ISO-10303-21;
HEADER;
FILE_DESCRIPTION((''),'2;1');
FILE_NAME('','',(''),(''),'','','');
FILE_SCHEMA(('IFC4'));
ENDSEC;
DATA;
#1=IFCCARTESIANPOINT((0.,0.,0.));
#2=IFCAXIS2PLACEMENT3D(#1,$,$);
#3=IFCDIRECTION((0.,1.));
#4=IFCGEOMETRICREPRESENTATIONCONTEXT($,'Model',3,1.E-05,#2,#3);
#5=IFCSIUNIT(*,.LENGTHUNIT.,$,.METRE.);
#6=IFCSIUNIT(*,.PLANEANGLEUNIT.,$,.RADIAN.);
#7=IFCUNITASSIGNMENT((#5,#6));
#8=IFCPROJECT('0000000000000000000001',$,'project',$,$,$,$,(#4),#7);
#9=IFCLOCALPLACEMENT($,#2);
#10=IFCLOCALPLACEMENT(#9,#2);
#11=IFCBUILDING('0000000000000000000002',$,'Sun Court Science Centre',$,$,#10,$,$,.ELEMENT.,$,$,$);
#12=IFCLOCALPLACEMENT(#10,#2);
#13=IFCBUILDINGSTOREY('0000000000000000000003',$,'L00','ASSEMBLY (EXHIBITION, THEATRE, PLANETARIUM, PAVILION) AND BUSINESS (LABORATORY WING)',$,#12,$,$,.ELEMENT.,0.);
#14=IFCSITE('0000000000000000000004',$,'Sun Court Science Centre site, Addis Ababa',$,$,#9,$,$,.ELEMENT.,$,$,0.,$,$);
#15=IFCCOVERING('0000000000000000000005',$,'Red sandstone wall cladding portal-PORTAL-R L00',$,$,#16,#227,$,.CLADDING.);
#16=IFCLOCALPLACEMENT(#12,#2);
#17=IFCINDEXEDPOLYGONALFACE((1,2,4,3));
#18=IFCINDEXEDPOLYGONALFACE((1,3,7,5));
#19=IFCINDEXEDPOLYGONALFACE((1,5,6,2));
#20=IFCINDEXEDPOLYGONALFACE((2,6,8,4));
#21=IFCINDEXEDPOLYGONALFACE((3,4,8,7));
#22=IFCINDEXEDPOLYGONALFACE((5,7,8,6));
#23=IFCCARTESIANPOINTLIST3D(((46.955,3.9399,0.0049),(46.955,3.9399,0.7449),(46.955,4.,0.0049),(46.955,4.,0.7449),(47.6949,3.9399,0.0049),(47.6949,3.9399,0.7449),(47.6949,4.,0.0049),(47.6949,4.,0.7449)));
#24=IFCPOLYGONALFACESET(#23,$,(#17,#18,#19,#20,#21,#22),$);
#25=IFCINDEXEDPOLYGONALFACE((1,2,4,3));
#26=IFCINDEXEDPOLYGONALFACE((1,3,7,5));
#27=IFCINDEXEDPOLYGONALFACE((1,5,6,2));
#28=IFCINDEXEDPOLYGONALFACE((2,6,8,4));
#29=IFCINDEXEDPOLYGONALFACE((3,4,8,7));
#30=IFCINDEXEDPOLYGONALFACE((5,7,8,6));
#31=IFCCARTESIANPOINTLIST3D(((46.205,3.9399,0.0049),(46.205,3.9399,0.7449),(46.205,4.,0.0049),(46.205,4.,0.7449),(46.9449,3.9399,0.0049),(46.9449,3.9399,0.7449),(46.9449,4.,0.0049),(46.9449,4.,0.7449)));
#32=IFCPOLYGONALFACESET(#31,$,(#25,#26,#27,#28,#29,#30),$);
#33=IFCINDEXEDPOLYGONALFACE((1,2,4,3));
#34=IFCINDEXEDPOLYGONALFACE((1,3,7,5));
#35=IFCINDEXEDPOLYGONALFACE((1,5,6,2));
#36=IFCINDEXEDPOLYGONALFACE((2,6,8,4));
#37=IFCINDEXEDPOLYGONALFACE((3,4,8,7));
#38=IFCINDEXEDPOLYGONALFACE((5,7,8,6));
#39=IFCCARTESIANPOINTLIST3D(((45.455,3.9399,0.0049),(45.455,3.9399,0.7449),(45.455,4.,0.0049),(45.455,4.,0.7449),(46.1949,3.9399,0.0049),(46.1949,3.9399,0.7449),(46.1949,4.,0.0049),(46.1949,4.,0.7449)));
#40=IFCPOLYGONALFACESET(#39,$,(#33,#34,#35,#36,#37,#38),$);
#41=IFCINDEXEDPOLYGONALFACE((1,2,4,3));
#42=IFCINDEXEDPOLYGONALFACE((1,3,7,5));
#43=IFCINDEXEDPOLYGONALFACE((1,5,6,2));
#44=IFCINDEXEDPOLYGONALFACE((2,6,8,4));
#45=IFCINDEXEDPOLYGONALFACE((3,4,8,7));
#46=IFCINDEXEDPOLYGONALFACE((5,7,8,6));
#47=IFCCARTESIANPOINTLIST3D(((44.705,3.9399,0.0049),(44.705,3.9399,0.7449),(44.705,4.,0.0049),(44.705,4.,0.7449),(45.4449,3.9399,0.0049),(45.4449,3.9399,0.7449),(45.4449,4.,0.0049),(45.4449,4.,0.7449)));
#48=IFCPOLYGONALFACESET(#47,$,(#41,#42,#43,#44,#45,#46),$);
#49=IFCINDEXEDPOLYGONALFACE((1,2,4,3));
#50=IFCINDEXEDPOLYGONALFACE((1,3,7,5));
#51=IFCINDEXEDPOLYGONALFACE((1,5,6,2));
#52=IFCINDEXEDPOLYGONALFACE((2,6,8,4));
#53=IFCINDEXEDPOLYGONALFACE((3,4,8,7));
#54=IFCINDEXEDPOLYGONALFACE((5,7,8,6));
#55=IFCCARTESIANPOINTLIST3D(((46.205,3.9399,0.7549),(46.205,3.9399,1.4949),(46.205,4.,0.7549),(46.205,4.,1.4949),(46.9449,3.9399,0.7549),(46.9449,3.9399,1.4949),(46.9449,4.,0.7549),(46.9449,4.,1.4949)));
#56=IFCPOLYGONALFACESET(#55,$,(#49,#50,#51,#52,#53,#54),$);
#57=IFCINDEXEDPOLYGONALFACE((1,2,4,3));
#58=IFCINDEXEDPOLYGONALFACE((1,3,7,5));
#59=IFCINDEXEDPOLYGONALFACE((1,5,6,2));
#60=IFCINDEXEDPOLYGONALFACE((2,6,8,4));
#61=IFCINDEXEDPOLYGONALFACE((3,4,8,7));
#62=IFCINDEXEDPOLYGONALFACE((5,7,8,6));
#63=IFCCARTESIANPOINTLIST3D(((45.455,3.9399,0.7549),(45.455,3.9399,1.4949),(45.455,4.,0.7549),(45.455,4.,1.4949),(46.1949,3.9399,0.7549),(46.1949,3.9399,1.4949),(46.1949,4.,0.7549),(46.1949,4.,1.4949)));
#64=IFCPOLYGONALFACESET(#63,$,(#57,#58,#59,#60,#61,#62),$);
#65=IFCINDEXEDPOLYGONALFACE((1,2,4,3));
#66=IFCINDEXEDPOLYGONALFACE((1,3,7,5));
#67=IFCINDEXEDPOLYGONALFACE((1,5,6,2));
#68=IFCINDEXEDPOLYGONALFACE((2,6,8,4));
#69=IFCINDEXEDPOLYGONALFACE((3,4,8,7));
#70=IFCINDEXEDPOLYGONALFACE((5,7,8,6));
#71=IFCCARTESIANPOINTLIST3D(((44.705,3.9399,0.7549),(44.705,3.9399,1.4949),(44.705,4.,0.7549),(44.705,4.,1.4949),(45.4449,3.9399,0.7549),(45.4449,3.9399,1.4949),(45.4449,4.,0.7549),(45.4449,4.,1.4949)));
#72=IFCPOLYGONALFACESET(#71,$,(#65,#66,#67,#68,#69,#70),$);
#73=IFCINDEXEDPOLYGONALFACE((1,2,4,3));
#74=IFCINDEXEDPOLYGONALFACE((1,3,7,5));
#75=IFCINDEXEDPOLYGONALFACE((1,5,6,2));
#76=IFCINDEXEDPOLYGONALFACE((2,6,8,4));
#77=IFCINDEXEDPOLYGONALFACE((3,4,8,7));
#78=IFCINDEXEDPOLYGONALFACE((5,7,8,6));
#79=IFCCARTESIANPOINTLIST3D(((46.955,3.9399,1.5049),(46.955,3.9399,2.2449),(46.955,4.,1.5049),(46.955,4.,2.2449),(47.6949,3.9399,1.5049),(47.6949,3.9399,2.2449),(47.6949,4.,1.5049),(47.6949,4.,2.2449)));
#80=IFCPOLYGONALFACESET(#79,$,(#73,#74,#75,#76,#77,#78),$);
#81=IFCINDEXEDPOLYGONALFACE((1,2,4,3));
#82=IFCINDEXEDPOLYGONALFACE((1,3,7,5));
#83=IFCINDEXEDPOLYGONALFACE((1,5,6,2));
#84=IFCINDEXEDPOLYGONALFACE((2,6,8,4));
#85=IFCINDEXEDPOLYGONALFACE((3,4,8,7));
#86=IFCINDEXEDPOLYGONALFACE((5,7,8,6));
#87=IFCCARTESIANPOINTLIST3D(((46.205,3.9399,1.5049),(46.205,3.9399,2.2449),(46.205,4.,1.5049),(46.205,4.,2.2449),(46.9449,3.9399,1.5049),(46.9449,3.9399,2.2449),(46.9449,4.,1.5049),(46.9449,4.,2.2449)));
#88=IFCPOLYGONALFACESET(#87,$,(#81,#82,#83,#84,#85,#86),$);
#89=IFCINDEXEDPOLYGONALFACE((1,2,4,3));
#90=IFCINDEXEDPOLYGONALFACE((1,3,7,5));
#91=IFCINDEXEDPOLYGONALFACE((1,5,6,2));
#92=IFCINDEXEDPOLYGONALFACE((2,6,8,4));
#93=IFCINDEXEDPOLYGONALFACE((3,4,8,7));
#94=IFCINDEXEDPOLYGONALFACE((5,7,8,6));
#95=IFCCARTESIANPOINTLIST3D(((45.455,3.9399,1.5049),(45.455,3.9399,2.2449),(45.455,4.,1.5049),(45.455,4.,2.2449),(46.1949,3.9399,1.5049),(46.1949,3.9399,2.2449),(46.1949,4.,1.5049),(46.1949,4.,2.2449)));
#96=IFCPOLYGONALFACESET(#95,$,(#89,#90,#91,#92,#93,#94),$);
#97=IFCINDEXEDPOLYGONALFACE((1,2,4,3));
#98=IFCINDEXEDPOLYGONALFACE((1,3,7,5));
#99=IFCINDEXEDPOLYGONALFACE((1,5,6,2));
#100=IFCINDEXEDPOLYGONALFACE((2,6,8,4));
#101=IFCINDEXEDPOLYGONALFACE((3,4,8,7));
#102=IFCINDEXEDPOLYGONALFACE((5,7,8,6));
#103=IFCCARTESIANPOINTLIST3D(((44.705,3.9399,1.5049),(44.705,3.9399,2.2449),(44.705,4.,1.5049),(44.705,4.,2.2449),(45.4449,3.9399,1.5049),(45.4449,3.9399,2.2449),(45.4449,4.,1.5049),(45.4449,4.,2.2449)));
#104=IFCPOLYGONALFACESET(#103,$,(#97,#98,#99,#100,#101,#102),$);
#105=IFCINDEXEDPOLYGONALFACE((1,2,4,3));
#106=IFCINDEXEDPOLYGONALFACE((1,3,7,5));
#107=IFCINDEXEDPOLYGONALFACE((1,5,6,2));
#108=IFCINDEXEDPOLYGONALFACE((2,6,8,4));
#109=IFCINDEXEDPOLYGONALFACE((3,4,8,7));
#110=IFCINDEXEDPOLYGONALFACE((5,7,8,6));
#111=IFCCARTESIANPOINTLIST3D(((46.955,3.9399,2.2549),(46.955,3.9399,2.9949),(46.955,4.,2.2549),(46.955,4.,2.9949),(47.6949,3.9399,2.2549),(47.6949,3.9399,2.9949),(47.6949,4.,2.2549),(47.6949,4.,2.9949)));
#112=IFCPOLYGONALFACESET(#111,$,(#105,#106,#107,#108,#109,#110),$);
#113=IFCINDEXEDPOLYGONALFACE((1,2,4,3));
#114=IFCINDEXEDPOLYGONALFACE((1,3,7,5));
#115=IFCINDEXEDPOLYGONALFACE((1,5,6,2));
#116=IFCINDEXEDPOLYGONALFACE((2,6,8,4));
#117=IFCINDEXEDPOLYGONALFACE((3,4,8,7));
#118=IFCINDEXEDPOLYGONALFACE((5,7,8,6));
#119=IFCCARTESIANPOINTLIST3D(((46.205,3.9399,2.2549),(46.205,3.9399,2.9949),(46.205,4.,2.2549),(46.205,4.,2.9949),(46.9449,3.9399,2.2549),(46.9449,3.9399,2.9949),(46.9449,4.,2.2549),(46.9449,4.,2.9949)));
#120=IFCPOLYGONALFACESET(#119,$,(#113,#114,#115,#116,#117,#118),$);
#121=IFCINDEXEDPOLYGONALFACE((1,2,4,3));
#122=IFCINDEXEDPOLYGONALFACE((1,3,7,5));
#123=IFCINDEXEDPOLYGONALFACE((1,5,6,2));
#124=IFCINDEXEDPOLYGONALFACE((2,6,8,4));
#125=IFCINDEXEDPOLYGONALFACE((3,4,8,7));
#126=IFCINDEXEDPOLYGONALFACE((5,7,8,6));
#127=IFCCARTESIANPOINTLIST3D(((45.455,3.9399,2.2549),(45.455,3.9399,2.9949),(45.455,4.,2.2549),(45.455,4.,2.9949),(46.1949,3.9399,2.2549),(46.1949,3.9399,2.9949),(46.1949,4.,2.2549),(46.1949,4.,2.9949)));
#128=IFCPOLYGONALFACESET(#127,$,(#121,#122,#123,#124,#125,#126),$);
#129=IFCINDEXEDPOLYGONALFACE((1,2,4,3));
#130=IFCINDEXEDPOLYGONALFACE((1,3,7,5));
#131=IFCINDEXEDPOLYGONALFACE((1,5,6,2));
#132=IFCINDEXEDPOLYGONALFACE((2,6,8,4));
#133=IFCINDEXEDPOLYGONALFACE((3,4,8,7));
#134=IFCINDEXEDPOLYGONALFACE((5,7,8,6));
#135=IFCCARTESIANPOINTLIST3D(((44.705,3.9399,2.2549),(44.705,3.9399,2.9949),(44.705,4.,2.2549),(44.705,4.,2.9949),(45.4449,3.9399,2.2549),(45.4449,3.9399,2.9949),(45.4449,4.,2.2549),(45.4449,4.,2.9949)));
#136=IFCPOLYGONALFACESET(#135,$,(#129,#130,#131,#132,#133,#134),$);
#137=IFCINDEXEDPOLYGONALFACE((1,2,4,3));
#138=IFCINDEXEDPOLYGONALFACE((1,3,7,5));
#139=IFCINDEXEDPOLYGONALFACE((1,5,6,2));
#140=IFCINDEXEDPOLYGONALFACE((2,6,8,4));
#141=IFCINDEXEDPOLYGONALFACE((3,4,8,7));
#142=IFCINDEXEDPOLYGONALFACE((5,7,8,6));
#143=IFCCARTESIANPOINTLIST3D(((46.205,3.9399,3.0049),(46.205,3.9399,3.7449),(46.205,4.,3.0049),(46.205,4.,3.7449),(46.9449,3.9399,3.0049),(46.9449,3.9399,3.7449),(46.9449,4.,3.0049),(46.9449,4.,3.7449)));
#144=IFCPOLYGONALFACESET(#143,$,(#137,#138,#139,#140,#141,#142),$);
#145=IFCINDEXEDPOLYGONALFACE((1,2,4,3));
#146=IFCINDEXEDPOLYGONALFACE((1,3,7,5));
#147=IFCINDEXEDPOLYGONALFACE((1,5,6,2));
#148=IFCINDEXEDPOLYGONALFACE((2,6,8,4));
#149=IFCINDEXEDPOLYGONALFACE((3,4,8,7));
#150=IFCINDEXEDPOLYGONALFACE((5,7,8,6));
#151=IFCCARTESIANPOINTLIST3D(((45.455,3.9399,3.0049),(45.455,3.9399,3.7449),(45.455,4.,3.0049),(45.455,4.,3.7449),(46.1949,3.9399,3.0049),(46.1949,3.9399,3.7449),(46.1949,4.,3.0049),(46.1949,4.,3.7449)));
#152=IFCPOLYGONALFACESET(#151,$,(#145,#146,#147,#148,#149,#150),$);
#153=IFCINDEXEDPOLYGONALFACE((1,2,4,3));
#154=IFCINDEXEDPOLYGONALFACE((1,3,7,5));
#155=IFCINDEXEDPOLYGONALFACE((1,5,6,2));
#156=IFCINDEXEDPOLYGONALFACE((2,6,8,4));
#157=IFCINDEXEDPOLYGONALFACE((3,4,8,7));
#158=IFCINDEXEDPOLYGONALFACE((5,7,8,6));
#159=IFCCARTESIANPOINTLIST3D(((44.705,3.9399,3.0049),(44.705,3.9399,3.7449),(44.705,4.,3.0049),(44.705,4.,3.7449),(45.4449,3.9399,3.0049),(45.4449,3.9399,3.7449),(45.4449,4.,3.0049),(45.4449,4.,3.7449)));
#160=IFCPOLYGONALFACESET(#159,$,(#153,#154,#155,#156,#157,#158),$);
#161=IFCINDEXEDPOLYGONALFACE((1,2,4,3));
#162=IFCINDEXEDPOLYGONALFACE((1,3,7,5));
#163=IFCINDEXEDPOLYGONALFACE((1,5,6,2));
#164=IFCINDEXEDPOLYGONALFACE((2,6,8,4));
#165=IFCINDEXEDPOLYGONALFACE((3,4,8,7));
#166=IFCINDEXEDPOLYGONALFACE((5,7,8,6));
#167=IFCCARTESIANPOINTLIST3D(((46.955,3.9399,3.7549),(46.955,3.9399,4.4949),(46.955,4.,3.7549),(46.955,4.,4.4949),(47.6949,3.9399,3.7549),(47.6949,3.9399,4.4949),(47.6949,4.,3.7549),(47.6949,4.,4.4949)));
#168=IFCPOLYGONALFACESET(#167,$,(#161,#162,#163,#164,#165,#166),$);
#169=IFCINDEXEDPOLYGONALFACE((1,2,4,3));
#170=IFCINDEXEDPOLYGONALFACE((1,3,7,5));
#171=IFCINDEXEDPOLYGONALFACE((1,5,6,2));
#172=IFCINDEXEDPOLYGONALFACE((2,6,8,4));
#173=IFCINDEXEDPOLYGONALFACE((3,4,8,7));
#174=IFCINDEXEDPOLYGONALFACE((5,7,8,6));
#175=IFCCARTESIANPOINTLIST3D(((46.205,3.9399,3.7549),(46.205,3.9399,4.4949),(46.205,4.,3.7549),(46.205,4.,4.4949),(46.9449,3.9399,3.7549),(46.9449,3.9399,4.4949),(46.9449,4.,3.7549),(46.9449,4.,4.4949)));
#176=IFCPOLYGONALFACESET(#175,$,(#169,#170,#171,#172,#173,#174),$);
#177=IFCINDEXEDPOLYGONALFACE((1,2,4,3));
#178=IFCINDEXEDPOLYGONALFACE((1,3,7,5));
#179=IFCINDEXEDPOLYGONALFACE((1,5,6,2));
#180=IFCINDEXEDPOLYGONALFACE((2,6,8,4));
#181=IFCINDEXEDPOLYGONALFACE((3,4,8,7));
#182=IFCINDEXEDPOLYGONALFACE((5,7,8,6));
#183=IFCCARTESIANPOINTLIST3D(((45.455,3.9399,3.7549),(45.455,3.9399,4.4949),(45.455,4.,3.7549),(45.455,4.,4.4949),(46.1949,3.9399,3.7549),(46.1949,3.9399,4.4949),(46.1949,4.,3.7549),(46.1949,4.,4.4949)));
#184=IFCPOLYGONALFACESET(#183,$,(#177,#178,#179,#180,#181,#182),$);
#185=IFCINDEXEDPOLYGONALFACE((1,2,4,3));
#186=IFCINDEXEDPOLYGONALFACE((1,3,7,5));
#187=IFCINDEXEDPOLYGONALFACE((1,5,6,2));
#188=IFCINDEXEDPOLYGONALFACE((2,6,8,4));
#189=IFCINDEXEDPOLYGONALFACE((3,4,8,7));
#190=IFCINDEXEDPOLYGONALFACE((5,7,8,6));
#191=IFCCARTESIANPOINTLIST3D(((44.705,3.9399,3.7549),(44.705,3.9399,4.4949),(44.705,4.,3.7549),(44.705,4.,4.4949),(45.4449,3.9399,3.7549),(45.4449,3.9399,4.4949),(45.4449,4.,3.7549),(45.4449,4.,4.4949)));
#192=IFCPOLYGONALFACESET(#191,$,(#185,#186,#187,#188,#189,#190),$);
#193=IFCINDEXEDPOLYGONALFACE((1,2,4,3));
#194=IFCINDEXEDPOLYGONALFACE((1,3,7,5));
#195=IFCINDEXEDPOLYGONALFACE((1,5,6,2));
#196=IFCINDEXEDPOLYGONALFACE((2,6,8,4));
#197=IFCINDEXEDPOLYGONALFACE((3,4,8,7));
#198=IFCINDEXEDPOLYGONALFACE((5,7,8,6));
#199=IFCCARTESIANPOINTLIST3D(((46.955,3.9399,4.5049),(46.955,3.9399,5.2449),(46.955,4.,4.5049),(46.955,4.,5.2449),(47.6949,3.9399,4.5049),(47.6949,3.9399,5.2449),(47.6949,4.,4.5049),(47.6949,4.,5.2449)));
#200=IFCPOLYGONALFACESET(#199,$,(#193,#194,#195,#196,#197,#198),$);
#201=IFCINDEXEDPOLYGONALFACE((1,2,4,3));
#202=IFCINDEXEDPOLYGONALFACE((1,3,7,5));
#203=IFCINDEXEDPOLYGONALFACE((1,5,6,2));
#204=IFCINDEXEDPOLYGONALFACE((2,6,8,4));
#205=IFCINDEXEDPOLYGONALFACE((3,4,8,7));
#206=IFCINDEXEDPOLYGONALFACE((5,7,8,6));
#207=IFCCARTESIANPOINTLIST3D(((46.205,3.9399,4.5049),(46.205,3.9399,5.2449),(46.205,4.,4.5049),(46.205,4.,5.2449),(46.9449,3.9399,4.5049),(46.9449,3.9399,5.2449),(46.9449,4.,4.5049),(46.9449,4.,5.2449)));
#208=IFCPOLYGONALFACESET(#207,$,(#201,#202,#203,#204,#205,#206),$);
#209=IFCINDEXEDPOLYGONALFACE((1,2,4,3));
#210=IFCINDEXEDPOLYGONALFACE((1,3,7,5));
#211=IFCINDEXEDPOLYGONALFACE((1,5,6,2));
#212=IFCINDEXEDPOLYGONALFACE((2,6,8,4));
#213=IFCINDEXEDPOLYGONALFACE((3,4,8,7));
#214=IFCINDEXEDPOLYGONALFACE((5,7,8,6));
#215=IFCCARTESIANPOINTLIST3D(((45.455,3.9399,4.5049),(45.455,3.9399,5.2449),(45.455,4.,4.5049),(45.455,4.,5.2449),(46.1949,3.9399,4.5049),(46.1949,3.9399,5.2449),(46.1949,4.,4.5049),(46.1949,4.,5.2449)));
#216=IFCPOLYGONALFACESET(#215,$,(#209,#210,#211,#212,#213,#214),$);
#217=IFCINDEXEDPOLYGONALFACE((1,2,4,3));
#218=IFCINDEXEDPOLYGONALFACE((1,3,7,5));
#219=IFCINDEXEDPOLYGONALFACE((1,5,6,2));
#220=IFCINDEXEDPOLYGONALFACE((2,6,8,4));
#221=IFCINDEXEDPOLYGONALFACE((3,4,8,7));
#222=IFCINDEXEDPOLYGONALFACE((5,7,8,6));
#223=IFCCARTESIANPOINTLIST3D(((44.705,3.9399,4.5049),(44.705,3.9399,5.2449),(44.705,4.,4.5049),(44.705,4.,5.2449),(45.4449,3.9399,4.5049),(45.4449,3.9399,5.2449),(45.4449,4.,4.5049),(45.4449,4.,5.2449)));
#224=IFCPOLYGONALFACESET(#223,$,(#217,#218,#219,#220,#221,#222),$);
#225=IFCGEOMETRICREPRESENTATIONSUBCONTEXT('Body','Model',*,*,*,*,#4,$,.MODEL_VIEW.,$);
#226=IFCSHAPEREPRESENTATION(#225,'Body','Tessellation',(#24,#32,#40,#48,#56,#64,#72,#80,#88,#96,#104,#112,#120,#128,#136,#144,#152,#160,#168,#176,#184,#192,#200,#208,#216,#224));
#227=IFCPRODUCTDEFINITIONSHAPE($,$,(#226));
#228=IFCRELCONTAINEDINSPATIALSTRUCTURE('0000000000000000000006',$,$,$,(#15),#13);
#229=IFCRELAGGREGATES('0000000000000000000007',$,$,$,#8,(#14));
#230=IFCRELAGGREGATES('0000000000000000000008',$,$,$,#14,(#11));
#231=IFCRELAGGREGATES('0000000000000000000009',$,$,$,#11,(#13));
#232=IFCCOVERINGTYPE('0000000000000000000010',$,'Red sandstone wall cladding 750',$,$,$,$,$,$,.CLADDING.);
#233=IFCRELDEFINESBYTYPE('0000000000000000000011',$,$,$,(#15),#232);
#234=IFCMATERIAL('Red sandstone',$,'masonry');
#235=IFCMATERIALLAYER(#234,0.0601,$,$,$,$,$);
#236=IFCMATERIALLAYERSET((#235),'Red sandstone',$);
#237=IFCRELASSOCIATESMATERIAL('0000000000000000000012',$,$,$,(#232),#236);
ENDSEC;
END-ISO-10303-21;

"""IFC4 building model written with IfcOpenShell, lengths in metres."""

from ifc_helpers import new_model, si_unit, direction, frame, origin, origin_2d, place, context, subcontext, project, spatial, rectangle, extrude, material, layer, layer_set, type_object, element, save


model = new_model("IFC4")

# Units and contexts
model_context = context("Model", 3, precision=1e-05, world=origin(), true_north=direction((0.0, 1.0)))
body_context = subcontext(model_context, "Body", "Model", "MODEL_VIEW")
ifc_project = project(units=[si_unit("LENGTHUNIT", "METRE"), si_unit("PLANEANGLEUNIT", "RADIAN")], contexts=[model_context])

# Site, building, storey
site_placement = place(None, origin())
site = spatial("IfcSite", under=ifc_project, at=site_placement, Name="Sun Court Science Centre site, Addis Ababa", CompositionType="ELEMENT", RefElevation=0.0)
building_placement = place(site_placement, origin())
building = spatial("IfcBuilding", under=site, at=building_placement, Name="Sun Court Science Centre", CompositionType="ELEMENT")
storey_placement = place(building_placement, origin())
storey = spatial("IfcBuildingStorey", under=building, at=storey_placement, Name="L00", Description="ASSEMBLY (EXHIBITION, THEATRE, PLANETARIUM, PAVILION) AND BUSINESS (LABORATORY WING)", CompositionType="ELEMENT", Elevation=0.0)

# Covering
ifc_material_1 = material(Name="Red sandstone", Category="masonry")
ifc_layer_1 = layer(ifc_material_1, 0.0601)
ifc_layer_set_1 = layer_set([ifc_layer_1], Name="Red sandstone")
covering_type_1 = type_object("IfcCoveringType", Name="Red sandstone wall cladding 750", PredefinedType="CLADDING", material=ifc_layer_set_1)
covering_1_placement = place(storey_placement, origin())
element("IfcCovering", 1, at=covering_1_placement, inside=storey, type_object=covering_type_1, Name="Red sandstone wall cladding portal-PORTAL-R L00", PredefinedType="CLADDING", context=body_context, shape_type="SweptSolid", body=[
    extrude(rectangle(XDim=0.74, YDim=0.0601, at=origin_2d()), frame((47.325, 3.97, 0.0049), z_axis=(0.0, 0.0, 1.0), x_axis=(-1.0, 0.0, 0.0)), (0.0, 0.0, 1.0), 0.74),
    extrude(rectangle(XDim=0.74, YDim=0.0601, at=origin_2d()), frame((46.575, 3.97, 0.0049), z_axis=(0.0, 0.0, 1.0), x_axis=(-1.0, 0.0, 0.0)), (0.0, 0.0, 1.0), 0.74),
    extrude(rectangle(XDim=0.74, YDim=0.0601, at=origin_2d()), frame((45.825, 3.97, 0.0049), z_axis=(0.0, 0.0, 1.0), x_axis=(-1.0, 0.0, 0.0)), (0.0, 0.0, 1.0), 0.74),
    extrude(rectangle(XDim=0.74, YDim=0.0601, at=origin_2d()), frame((45.075, 3.97, 0.0049), z_axis=(0.0, 0.0, 1.0), x_axis=(-1.0, 0.0, 0.0)), (0.0, 0.0, 1.0), 0.74),
    extrude(rectangle(XDim=0.74, YDim=0.0601, at=origin_2d()), frame((46.575, 3.97, 0.7549), z_axis=(0.0, 0.0, 1.0), x_axis=(-1.0, 0.0, 0.0)), (0.0, 0.0, 1.0), 0.74),
    extrude(rectangle(XDim=0.74, YDim=0.0601, at=origin_2d()), frame((45.825, 3.97, 0.7549), z_axis=(0.0, 0.0, 1.0), x_axis=(-1.0, 0.0, 0.0)), (0.0, 0.0, 1.0), 0.74),
    extrude(rectangle(XDim=0.74, YDim=0.0601, at=origin_2d()), frame((45.075, 3.97, 0.7549), z_axis=(0.0, 0.0, 1.0), x_axis=(-1.0, 0.0, 0.0)), (0.0, 0.0, 1.0), 0.74),
    extrude(rectangle(XDim=0.74, YDim=0.0601, at=origin_2d()), frame((47.325, 3.97, 1.5049), z_axis=(0.0, 0.0, 1.0), x_axis=(-1.0, 0.0, 0.0)), (0.0, 0.0, 1.0), 0.74),
    extrude(rectangle(XDim=0.74, YDim=0.0601, at=origin_2d()), frame((46.575, 3.97, 1.5049), z_axis=(0.0, 0.0, 1.0), x_axis=(-1.0, 0.0, 0.0)), (0.0, 0.0, 1.0), 0.74),
    extrude(rectangle(XDim=0.74, YDim=0.0601, at=origin_2d()), frame((45.825, 3.97, 1.5049), z_axis=(0.0, 0.0, 1.0), x_axis=(-1.0, 0.0, 0.0)), (0.0, 0.0, 1.0), 0.74),
    extrude(rectangle(XDim=0.74, YDim=0.0601, at=origin_2d()), frame((45.075, 3.97, 1.5049), z_axis=(0.0, 0.0, 1.0), x_axis=(-1.0, 0.0, 0.0)), (0.0, 0.0, 1.0), 0.74),
    extrude(rectangle(XDim=0.74, YDim=0.0601, at=origin_2d()), frame((47.325, 3.97, 2.2549), z_axis=(0.0, 0.0, 1.0), x_axis=(-1.0, 0.0, 0.0)), (0.0, 0.0, 1.0), 0.74),
    extrude(rectangle(XDim=0.74, YDim=0.0601, at=origin_2d()), frame((46.575, 3.97, 2.2549), z_axis=(0.0, 0.0, 1.0), x_axis=(-1.0, 0.0, 0.0)), (0.0, 0.0, 1.0), 0.74),
    extrude(rectangle(XDim=0.74, YDim=0.0601, at=origin_2d()), frame((45.825, 3.97, 2.2549), z_axis=(0.0, 0.0, 1.0), x_axis=(-1.0, 0.0, 0.0)), (0.0, 0.0, 1.0), 0.74),
    extrude(rectangle(XDim=0.74, YDim=0.0601, at=origin_2d()), frame((45.075, 3.97, 2.2549), z_axis=(0.0, 0.0, 1.0), x_axis=(-1.0, 0.0, 0.0)), (0.0, 0.0, 1.0), 0.74),
    extrude(rectangle(XDim=0.74, YDim=0.0601, at=origin_2d()), frame((46.575, 3.97, 3.0049), z_axis=(0.0, 0.0, 1.0), x_axis=(-1.0, 0.0, 0.0)), (0.0, 0.0, 1.0), 0.74),
    extrude(rectangle(XDim=0.74, YDim=0.0601, at=origin_2d()), frame((45.825, 3.97, 3.0049), z_axis=(0.0, 0.0, 1.0), x_axis=(-1.0, 0.0, 0.0)), (0.0, 0.0, 1.0), 0.74),
    extrude(rectangle(XDim=0.74, YDim=0.0601, at=origin_2d()), frame((45.075, 3.97, 3.0049), z_axis=(0.0, 0.0, 1.0), x_axis=(-1.0, 0.0, 0.0)), (0.0, 0.0, 1.0), 0.74),
    extrude(rectangle(XDim=0.74, YDim=0.0601, at=origin_2d()), frame((47.325, 3.97, 3.7549), z_axis=(0.0, 0.0, 1.0), x_axis=(-1.0, 0.0, 0.0)), (0.0, 0.0, 1.0), 0.74),
    extrude(rectangle(XDim=0.74, YDim=0.0601, at=origin_2d()), frame((46.575, 3.97, 3.7549), z_axis=(0.0, 0.0, 1.0), x_axis=(-1.0, 0.0, 0.0)), (0.0, 0.0, 1.0), 0.74),
    extrude(rectangle(XDim=0.74, YDim=0.0601, at=origin_2d()), frame((45.825, 3.97, 3.7549), z_axis=(0.0, 0.0, 1.0), x_axis=(-1.0, 0.0, 0.0)), (0.0, 0.0, 1.0), 0.74),
    extrude(rectangle(XDim=0.74, YDim=0.0601, at=origin_2d()), frame((45.075, 3.97, 3.7549), z_axis=(0.0, 0.0, 1.0), x_axis=(-1.0, 0.0, 0.0)), (0.0, 0.0, 1.0), 0.74),
    extrude(rectangle(XDim=0.74, YDim=0.0601, at=origin_2d()), frame((47.325, 3.97, 4.5049), z_axis=(0.0, 0.0, 1.0), x_axis=(-1.0, 0.0, 0.0)), (0.0, 0.0, 1.0), 0.74),
    extrude(rectangle(XDim=0.74, YDim=0.0601, at=origin_2d()), frame((46.575, 3.97, 4.5049), z_axis=(0.0, 0.0, 1.0), x_axis=(-1.0, 0.0, 0.0)), (0.0, 0.0, 1.0), 0.74),
    extrude(rectangle(XDim=0.74, YDim=0.0601, at=origin_2d()), frame((45.825, 3.97, 4.5049), z_axis=(0.0, 0.0, 1.0), x_axis=(-1.0, 0.0, 0.0)), (0.0, 0.0, 1.0), 0.74),
    extrude(rectangle(XDim=0.74, YDim=0.0601, at=origin_2d()), frame((45.075, 3.97, 4.5049), z_axis=(0.0, 0.0, 1.0), x_axis=(-1.0, 0.0, 0.0)), (0.0, 0.0, 1.0), 0.74),
])

save(model, "model.ifc")
